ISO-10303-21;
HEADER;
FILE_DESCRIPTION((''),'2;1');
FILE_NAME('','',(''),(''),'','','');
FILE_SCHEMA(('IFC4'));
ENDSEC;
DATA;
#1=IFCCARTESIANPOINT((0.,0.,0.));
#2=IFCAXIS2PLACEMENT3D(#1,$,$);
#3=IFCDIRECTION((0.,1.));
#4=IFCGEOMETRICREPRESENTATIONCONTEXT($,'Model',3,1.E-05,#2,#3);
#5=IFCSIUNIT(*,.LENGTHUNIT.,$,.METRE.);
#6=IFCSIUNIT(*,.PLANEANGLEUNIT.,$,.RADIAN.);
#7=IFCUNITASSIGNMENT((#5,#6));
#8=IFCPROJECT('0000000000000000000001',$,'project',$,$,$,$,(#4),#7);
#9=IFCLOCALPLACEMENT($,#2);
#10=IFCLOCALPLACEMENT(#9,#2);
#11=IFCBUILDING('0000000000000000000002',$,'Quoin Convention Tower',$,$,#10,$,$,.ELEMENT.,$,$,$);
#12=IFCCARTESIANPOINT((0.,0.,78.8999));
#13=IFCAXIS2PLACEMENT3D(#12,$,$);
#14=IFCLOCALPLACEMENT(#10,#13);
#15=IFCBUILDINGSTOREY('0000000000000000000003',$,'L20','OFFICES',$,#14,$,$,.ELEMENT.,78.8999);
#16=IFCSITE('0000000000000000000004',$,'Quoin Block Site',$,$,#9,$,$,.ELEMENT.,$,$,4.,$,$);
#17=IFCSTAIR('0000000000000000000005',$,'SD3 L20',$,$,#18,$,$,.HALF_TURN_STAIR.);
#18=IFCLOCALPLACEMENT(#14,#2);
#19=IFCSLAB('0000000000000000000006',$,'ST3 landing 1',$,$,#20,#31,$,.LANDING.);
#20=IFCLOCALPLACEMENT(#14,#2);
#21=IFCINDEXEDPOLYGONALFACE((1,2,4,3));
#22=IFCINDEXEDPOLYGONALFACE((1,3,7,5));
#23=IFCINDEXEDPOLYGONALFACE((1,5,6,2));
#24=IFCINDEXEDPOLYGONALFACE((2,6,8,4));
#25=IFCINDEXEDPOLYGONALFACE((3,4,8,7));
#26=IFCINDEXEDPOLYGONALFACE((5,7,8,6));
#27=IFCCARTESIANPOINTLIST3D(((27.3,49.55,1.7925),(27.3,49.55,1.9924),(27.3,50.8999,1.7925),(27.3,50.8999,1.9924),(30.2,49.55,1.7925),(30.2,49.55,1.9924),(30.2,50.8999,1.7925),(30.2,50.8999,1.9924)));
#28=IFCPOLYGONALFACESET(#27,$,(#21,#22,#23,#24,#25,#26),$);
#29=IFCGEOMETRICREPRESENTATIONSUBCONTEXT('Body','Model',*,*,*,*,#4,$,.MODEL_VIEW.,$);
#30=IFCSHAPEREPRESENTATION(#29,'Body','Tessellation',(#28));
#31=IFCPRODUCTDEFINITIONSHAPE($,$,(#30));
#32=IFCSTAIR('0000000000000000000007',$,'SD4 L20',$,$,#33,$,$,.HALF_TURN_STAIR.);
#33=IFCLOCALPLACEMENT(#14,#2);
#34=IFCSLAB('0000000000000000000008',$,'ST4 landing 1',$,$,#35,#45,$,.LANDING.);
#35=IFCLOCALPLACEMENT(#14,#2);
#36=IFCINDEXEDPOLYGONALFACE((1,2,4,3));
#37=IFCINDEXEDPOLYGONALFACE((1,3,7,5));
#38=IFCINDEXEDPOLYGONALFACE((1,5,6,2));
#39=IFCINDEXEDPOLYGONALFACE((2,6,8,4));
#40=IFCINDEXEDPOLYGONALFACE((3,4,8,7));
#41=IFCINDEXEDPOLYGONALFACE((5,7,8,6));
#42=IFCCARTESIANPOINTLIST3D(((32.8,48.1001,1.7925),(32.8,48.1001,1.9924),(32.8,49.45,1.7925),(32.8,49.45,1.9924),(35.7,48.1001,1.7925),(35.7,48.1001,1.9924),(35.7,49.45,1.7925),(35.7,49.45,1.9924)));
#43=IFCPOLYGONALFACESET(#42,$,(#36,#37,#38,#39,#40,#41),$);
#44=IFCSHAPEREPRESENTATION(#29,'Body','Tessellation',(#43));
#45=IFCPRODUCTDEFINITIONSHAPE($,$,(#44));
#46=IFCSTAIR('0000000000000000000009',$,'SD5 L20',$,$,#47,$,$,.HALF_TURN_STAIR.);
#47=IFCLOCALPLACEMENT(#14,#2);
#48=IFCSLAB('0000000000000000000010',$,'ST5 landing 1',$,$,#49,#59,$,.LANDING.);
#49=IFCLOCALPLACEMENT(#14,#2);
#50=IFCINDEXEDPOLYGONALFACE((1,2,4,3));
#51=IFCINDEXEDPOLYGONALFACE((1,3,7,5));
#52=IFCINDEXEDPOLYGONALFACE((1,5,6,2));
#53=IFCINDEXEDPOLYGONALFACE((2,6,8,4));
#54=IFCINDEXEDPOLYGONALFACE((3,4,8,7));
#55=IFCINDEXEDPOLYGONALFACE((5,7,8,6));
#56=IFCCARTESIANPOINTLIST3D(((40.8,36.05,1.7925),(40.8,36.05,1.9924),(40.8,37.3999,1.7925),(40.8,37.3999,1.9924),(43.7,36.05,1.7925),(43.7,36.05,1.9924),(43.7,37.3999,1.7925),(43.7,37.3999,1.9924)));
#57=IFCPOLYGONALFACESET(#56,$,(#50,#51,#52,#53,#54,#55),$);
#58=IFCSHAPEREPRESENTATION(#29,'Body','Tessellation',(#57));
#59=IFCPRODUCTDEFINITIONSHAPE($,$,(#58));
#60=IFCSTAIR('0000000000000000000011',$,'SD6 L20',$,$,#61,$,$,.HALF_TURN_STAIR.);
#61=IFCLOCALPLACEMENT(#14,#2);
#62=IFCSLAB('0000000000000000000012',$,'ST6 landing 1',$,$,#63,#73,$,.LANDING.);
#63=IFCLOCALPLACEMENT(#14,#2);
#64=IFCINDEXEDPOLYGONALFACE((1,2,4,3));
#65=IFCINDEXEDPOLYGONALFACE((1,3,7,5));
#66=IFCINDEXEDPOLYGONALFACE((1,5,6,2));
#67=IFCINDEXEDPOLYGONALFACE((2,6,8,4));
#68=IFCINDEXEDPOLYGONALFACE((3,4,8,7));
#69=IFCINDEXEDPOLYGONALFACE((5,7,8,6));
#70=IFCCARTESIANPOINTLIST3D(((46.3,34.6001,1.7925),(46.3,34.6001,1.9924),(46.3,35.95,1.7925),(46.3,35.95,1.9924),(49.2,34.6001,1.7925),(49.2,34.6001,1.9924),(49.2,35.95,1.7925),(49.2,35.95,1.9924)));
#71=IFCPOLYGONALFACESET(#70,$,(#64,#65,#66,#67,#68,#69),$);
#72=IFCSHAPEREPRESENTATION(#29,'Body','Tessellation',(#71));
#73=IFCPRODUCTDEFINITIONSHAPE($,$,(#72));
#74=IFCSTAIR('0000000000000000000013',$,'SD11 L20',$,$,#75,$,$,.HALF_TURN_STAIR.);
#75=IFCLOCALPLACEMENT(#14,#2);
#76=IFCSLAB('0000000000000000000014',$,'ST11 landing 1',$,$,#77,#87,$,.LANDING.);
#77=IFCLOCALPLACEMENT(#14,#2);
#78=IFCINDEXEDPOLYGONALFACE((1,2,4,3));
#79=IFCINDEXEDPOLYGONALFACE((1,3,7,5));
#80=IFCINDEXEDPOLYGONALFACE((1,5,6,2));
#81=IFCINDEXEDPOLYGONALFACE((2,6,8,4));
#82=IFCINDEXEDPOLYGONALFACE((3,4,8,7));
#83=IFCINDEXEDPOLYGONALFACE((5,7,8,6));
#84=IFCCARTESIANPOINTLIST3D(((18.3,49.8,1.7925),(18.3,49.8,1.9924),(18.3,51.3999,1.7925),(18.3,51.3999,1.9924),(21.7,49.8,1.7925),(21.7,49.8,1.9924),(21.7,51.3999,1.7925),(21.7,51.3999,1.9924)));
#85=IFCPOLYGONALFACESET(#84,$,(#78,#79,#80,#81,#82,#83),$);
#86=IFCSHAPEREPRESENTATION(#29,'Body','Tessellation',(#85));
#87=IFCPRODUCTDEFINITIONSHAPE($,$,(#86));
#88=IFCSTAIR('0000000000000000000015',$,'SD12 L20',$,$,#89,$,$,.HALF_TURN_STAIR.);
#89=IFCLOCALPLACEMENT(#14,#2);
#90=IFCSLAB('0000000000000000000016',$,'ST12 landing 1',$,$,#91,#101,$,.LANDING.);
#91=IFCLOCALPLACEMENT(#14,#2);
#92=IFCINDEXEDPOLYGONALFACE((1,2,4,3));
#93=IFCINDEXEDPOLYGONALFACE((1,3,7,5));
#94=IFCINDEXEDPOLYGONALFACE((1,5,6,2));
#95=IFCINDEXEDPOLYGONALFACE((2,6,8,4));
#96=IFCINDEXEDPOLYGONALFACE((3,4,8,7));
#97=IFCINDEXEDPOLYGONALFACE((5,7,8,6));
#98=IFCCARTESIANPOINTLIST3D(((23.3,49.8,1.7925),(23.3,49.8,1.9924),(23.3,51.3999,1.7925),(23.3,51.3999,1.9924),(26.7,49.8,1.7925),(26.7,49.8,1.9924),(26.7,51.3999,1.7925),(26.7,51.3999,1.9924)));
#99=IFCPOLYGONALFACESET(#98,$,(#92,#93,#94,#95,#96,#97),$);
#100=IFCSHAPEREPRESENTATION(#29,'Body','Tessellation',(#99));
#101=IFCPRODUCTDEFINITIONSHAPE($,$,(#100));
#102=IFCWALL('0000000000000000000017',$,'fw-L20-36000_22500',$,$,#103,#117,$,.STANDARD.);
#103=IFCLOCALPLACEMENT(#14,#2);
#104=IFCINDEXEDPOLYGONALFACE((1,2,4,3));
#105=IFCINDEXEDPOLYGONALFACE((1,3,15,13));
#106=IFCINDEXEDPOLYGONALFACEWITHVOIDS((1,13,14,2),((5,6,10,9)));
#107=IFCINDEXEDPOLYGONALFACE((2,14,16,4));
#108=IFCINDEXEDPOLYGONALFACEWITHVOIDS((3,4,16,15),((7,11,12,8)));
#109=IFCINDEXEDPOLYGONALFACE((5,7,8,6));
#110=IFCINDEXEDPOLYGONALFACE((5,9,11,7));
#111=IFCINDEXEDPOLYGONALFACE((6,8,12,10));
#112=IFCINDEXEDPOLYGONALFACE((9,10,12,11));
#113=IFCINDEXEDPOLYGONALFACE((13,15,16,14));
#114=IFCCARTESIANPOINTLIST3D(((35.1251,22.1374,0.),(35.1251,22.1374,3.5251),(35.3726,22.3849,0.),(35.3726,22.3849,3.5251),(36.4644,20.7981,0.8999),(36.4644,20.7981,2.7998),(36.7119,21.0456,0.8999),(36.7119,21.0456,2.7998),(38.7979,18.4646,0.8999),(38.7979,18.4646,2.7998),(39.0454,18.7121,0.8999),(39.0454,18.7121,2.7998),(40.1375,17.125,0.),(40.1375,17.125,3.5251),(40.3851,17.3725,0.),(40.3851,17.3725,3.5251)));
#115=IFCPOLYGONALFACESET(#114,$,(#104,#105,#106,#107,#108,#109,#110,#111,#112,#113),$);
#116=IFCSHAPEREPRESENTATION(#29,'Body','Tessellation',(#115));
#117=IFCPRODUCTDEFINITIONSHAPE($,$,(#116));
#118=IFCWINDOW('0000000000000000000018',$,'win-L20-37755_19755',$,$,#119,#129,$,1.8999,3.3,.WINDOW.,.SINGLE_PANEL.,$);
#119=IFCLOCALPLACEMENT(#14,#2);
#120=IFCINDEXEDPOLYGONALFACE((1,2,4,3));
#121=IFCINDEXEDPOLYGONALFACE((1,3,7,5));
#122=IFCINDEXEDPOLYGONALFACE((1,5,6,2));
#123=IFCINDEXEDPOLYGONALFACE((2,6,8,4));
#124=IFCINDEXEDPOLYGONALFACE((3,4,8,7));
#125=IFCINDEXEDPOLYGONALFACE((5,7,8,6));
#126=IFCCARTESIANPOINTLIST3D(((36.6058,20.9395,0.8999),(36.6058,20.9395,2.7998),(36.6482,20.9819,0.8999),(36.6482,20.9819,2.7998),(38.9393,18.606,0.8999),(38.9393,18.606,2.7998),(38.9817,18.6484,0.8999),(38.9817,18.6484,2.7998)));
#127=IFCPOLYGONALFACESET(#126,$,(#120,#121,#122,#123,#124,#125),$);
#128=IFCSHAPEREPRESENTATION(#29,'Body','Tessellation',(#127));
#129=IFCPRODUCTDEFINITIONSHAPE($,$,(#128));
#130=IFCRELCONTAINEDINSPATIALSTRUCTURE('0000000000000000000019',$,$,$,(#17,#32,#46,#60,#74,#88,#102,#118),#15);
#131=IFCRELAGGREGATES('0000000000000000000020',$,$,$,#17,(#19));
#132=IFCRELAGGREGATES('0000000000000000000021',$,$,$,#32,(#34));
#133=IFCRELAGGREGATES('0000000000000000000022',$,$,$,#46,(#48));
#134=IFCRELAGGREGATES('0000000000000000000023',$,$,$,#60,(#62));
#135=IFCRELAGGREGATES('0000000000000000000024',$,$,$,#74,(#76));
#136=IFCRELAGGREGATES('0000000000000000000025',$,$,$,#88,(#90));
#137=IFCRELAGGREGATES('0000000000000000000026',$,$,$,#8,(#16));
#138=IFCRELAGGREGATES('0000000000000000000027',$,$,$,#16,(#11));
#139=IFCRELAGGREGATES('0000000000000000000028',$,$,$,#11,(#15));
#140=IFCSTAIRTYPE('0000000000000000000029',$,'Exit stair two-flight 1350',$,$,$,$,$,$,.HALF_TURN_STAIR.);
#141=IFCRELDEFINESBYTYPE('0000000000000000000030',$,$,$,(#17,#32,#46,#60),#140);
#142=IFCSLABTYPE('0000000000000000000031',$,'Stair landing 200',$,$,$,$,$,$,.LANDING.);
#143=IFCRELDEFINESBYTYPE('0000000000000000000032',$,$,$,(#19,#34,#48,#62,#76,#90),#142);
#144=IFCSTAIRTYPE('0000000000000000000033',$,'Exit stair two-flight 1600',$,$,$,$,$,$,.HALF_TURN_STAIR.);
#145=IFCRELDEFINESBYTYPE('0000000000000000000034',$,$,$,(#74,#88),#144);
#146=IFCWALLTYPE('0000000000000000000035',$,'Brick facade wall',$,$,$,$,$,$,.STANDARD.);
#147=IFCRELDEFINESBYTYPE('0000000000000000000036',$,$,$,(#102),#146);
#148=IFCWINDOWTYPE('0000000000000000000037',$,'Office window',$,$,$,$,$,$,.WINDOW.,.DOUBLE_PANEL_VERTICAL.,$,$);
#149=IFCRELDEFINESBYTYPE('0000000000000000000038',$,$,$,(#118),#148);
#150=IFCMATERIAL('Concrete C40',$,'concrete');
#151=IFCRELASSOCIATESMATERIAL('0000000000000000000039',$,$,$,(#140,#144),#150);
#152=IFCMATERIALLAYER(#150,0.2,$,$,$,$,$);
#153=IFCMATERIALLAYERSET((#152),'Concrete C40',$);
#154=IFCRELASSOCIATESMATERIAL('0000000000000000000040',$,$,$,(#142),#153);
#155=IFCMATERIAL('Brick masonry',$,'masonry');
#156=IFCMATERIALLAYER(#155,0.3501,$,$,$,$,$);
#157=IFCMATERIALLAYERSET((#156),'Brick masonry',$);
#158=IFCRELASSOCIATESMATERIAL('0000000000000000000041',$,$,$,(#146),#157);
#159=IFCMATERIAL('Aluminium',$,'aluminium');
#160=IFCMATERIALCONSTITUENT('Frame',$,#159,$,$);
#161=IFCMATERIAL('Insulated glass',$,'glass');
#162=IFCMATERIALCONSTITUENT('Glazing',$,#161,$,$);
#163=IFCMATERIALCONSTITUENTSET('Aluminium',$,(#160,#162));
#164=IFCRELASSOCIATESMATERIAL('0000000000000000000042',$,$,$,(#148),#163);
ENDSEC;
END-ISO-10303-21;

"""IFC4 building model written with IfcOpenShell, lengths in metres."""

from ifc_helpers import new_model, si_unit, direction, frame, frame_2d, origin, place, context, subcontext, project, spatial, polyline, rectangle, outline, extrude, material, layer, layer_set, constituent, constituent_set, type_object, element, fill, aggregate, save


model = new_model("IFC4")

# Units and contexts
model_context = context("Model", 3, precision=1e-05, world=origin(), true_north=direction((0.0, 1.0)))
body_context = subcontext(model_context, "Body", "Model", "MODEL_VIEW")
ifc_project = project(units=[si_unit("LENGTHUNIT", "METRE"), si_unit("PLANEANGLEUNIT", "RADIAN")], contexts=[model_context])

# Site, building, storey
site_placement = place(None, origin())
site = spatial("IfcSite", under=ifc_project, at=site_placement, Name="Quoin Block Site", CompositionType="ELEMENT", RefElevation=4.0)
building_placement = place(site_placement, origin())
building = spatial("IfcBuilding", under=site, at=building_placement, Name="Quoin Convention Tower", CompositionType="ELEMENT")
storey_placement = place(building_placement, frame((0.0, 0.0, 78.8999)))
storey = spatial("IfcBuildingStorey", under=building, at=storey_placement, Name="L20", Description="OFFICES", CompositionType="ELEMENT", Elevation=78.8999)

# Shared definitions
ifc_material_1 = material(Name="Concrete C40", Category="concrete")

# Stairs, slabs
stair_type_1 = type_object("IfcStairType", Name="Exit stair two-flight 1350", PredefinedType="HALF_TURN_STAIR", material=ifc_material_1)
ifc_layer_1 = layer(ifc_material_1, 0.2)
ifc_layer_set_1 = layer_set([ifc_layer_1], Name="Concrete C40")
slab_type_1 = type_object("IfcSlabType", Name="Stair landing 200", PredefinedType="LANDING", material=ifc_layer_set_1)
stair_1_placement = place(storey_placement, origin())
stair_1 = element("IfcStair", 1, at=stair_1_placement, inside=storey, type_object=stair_type_1, Name="SD3 L20", PredefinedType="HALF_TURN_STAIR")
slab_1_placement = place(storey_placement, frame((0.0, 0.0, 1.7925)))
slab_1 = element("IfcSlab", 2, at=slab_1_placement, type_object=slab_type_1, Name="ST3 landing 1", PredefinedType="LANDING", context=body_context, shape_type="SweptSolid", body=[
    extrude(outline(polyline([(27.3, 49.55), (30.2, 49.55), (30.2, 50.8999), (27.3, 50.8999), (27.3, 49.55)])), origin(), (0.0, 0.0, 1.0), 0.2),
])
aggregate(stair_1, [slab_1])
stair_2_placement = place(storey_placement, origin())
stair_2 = element("IfcStair", 3, at=stair_2_placement, inside=storey, type_object=stair_type_1, Name="SD4 L20", PredefinedType="HALF_TURN_STAIR")
slab_2_placement = place(storey_placement, frame((0.0, 0.0, 1.7925)))
slab_2 = element("IfcSlab", 4, at=slab_2_placement, type_object=slab_type_1, Name="ST4 landing 1", PredefinedType="LANDING", context=body_context, shape_type="SweptSolid", body=[
    extrude(outline(polyline([(35.7, 49.45), (32.8, 49.45), (32.8, 48.1001), (35.7, 48.1001), (35.7, 49.45)])), origin(), (0.0, 0.0, 1.0), 0.2),
])
aggregate(stair_2, [slab_2])
stair_3_placement = place(storey_placement, origin())
stair_3 = element("IfcStair", 5, at=stair_3_placement, inside=storey, type_object=stair_type_1, Name="SD5 L20", PredefinedType="HALF_TURN_STAIR")
slab_3_placement = place(storey_placement, frame((0.0, 0.0, 1.7925)))
slab_3 = element("IfcSlab", 6, at=slab_3_placement, type_object=slab_type_1, Name="ST5 landing 1", PredefinedType="LANDING", context=body_context, shape_type="SweptSolid", body=[
    extrude(outline(polyline([(40.8, 36.05), (43.7, 36.05), (43.7, 37.3999), (40.8, 37.3999), (40.8, 36.05)])), origin(), (0.0, 0.0, 1.0), 0.2),
])
aggregate(stair_3, [slab_3])
stair_4_placement = place(storey_placement, origin())
stair_4 = element("IfcStair", 7, at=stair_4_placement, inside=storey, type_object=stair_type_1, Name="SD6 L20", PredefinedType="HALF_TURN_STAIR")
slab_4_placement = place(storey_placement, frame((0.0, 0.0, 1.7925)))
slab_4 = element("IfcSlab", 8, at=slab_4_placement, type_object=slab_type_1, Name="ST6 landing 1", PredefinedType="LANDING", context=body_context, shape_type="SweptSolid", body=[
    extrude(outline(polyline([(49.2, 35.95), (46.3, 35.95), (46.3, 34.6001), (49.2, 34.6001), (49.2, 35.95)])), origin(), (0.0, 0.0, 1.0), 0.2),
])
aggregate(stair_4, [slab_4])
stair_type_2 = type_object("IfcStairType", Name="Exit stair two-flight 1600", PredefinedType="HALF_TURN_STAIR", material=ifc_material_1)
stair_5_placement = place(storey_placement, origin())
stair_5 = element("IfcStair", 9, at=stair_5_placement, inside=storey, type_object=stair_type_2, Name="SD11 L20", PredefinedType="HALF_TURN_STAIR")
slab_5_placement = place(storey_placement, frame((0.0, 0.0, 1.7925)))
slab_5 = element("IfcSlab", 10, at=slab_5_placement, type_object=slab_type_1, Name="ST11 landing 1", PredefinedType="LANDING", context=body_context, shape_type="SweptSolid", body=[
    extrude(outline(polyline([(21.7, 51.3999), (18.3, 51.3999), (18.3, 49.8), (21.7, 49.8), (21.7, 51.3999)])), origin(), (0.0, 0.0, 1.0), 0.2),
])
aggregate(stair_5, [slab_5])
stair_6_placement = place(storey_placement, origin())
stair_6 = element("IfcStair", 11, at=stair_6_placement, inside=storey, type_object=stair_type_2, Name="SD12 L20", PredefinedType="HALF_TURN_STAIR")
slab_6_placement = place(storey_placement, frame((0.0, 0.0, 1.7925)))
slab_6 = element("IfcSlab", 12, at=slab_6_placement, type_object=slab_type_1, Name="ST12 landing 1", PredefinedType="LANDING", context=body_context, shape_type="SweptSolid", body=[
    extrude(outline(polyline([(26.7, 51.3999), (23.3, 51.3999), (23.3, 49.8), (26.7, 49.8), (26.7, 51.3999)])), origin(), (0.0, 0.0, 1.0), 0.2),
])
aggregate(stair_6, [slab_6])

# Wall, opening, window
ifc_material_2 = material(Name="Brick masonry", Category="masonry")
ifc_layer_2 = layer(ifc_material_2, 0.3501)
ifc_layer_set_2 = layer_set([ifc_layer_2], Name="Brick masonry")
wall_type = type_object("IfcWallType", Name="Brick facade wall", PredefinedType="STANDARD", material=ifc_layer_set_2)
wall_placement = place(storey_placement, frame((35.2488, 22.2612, 0.0), z_axis=(0.0, 0.0, 1.0), x_axis=(0.707107, -0.707107, 0.0)))
wall = element("IfcWall", 13, at=wall_placement, inside=storey, type_object=wall_type, Name="fw-L20-36000_22500", PredefinedType="STANDARD", context=body_context, shape_type="SweptSolid", body=[
    extrude(rectangle(XDim=7.0886, YDim=0.3501, at=frame_2d((3.5444, 0.0))), origin(), (0.0, 0.0, 1.0), 3.5251),
])
opening_placement = place(wall_placement, frame((1.8943, 0.0, 0.8999)))
opening = element("IfcOpeningElement", 14, at=opening_placement, cuts=wall, PredefinedType="OPENING", context=body_context, shape_type="SweptSolid", body=[
    extrude(rectangle(XDim=3.3, YDim=1.8999, at=frame_2d((1.6499, 0.95))), frame((0.0, 0.1851, 0.0), z_axis=(0.0, -1.0, 0.0), x_axis=(1.0, 0.0, 0.0)), (0.0, 0.0, 1.0), 0.3701),
])
ifc_material_3 = material(Name="Aluminium", Category="aluminium")
ifc_constituent_1 = constituent(ifc_material_3, Name="Frame")
ifc_material_4 = material(Name="Insulated glass", Category="glass")
ifc_constituent_2 = constituent(ifc_material_4, Name="Glazing")
ifc_constituent_set = constituent_set(constituents=[ifc_constituent_1, ifc_constituent_2], Name="Aluminium")
window_type = type_object("IfcWindowType", Name="Office window", PartitioningType="DOUBLE_PANEL_VERTICAL", PredefinedType="WINDOW", material=ifc_constituent_set)
window_placement = place(opening_placement, origin())
window = element("IfcWindow", 15, at=window_placement, inside=storey, type_object=window_type, Name="win-L20-37755_19755", OverallHeight=1.8999, OverallWidth=3.3, PartitioningType="SINGLE_PANEL", PredefinedType="WINDOW", context=body_context, shape_type="SweptSolid", body=[
    extrude(rectangle(XDim=3.3, YDim=1.8999, at=frame_2d((1.6499, 0.95))), frame((0.0, 0.085, 0.0), z_axis=(0.0, -1.0, 0.0), x_axis=(1.0, 0.0, 0.0)), (0.0, 0.0, 1.0), 0.0601),
])
fill(opening, window)

save(model, "model.ifc")
